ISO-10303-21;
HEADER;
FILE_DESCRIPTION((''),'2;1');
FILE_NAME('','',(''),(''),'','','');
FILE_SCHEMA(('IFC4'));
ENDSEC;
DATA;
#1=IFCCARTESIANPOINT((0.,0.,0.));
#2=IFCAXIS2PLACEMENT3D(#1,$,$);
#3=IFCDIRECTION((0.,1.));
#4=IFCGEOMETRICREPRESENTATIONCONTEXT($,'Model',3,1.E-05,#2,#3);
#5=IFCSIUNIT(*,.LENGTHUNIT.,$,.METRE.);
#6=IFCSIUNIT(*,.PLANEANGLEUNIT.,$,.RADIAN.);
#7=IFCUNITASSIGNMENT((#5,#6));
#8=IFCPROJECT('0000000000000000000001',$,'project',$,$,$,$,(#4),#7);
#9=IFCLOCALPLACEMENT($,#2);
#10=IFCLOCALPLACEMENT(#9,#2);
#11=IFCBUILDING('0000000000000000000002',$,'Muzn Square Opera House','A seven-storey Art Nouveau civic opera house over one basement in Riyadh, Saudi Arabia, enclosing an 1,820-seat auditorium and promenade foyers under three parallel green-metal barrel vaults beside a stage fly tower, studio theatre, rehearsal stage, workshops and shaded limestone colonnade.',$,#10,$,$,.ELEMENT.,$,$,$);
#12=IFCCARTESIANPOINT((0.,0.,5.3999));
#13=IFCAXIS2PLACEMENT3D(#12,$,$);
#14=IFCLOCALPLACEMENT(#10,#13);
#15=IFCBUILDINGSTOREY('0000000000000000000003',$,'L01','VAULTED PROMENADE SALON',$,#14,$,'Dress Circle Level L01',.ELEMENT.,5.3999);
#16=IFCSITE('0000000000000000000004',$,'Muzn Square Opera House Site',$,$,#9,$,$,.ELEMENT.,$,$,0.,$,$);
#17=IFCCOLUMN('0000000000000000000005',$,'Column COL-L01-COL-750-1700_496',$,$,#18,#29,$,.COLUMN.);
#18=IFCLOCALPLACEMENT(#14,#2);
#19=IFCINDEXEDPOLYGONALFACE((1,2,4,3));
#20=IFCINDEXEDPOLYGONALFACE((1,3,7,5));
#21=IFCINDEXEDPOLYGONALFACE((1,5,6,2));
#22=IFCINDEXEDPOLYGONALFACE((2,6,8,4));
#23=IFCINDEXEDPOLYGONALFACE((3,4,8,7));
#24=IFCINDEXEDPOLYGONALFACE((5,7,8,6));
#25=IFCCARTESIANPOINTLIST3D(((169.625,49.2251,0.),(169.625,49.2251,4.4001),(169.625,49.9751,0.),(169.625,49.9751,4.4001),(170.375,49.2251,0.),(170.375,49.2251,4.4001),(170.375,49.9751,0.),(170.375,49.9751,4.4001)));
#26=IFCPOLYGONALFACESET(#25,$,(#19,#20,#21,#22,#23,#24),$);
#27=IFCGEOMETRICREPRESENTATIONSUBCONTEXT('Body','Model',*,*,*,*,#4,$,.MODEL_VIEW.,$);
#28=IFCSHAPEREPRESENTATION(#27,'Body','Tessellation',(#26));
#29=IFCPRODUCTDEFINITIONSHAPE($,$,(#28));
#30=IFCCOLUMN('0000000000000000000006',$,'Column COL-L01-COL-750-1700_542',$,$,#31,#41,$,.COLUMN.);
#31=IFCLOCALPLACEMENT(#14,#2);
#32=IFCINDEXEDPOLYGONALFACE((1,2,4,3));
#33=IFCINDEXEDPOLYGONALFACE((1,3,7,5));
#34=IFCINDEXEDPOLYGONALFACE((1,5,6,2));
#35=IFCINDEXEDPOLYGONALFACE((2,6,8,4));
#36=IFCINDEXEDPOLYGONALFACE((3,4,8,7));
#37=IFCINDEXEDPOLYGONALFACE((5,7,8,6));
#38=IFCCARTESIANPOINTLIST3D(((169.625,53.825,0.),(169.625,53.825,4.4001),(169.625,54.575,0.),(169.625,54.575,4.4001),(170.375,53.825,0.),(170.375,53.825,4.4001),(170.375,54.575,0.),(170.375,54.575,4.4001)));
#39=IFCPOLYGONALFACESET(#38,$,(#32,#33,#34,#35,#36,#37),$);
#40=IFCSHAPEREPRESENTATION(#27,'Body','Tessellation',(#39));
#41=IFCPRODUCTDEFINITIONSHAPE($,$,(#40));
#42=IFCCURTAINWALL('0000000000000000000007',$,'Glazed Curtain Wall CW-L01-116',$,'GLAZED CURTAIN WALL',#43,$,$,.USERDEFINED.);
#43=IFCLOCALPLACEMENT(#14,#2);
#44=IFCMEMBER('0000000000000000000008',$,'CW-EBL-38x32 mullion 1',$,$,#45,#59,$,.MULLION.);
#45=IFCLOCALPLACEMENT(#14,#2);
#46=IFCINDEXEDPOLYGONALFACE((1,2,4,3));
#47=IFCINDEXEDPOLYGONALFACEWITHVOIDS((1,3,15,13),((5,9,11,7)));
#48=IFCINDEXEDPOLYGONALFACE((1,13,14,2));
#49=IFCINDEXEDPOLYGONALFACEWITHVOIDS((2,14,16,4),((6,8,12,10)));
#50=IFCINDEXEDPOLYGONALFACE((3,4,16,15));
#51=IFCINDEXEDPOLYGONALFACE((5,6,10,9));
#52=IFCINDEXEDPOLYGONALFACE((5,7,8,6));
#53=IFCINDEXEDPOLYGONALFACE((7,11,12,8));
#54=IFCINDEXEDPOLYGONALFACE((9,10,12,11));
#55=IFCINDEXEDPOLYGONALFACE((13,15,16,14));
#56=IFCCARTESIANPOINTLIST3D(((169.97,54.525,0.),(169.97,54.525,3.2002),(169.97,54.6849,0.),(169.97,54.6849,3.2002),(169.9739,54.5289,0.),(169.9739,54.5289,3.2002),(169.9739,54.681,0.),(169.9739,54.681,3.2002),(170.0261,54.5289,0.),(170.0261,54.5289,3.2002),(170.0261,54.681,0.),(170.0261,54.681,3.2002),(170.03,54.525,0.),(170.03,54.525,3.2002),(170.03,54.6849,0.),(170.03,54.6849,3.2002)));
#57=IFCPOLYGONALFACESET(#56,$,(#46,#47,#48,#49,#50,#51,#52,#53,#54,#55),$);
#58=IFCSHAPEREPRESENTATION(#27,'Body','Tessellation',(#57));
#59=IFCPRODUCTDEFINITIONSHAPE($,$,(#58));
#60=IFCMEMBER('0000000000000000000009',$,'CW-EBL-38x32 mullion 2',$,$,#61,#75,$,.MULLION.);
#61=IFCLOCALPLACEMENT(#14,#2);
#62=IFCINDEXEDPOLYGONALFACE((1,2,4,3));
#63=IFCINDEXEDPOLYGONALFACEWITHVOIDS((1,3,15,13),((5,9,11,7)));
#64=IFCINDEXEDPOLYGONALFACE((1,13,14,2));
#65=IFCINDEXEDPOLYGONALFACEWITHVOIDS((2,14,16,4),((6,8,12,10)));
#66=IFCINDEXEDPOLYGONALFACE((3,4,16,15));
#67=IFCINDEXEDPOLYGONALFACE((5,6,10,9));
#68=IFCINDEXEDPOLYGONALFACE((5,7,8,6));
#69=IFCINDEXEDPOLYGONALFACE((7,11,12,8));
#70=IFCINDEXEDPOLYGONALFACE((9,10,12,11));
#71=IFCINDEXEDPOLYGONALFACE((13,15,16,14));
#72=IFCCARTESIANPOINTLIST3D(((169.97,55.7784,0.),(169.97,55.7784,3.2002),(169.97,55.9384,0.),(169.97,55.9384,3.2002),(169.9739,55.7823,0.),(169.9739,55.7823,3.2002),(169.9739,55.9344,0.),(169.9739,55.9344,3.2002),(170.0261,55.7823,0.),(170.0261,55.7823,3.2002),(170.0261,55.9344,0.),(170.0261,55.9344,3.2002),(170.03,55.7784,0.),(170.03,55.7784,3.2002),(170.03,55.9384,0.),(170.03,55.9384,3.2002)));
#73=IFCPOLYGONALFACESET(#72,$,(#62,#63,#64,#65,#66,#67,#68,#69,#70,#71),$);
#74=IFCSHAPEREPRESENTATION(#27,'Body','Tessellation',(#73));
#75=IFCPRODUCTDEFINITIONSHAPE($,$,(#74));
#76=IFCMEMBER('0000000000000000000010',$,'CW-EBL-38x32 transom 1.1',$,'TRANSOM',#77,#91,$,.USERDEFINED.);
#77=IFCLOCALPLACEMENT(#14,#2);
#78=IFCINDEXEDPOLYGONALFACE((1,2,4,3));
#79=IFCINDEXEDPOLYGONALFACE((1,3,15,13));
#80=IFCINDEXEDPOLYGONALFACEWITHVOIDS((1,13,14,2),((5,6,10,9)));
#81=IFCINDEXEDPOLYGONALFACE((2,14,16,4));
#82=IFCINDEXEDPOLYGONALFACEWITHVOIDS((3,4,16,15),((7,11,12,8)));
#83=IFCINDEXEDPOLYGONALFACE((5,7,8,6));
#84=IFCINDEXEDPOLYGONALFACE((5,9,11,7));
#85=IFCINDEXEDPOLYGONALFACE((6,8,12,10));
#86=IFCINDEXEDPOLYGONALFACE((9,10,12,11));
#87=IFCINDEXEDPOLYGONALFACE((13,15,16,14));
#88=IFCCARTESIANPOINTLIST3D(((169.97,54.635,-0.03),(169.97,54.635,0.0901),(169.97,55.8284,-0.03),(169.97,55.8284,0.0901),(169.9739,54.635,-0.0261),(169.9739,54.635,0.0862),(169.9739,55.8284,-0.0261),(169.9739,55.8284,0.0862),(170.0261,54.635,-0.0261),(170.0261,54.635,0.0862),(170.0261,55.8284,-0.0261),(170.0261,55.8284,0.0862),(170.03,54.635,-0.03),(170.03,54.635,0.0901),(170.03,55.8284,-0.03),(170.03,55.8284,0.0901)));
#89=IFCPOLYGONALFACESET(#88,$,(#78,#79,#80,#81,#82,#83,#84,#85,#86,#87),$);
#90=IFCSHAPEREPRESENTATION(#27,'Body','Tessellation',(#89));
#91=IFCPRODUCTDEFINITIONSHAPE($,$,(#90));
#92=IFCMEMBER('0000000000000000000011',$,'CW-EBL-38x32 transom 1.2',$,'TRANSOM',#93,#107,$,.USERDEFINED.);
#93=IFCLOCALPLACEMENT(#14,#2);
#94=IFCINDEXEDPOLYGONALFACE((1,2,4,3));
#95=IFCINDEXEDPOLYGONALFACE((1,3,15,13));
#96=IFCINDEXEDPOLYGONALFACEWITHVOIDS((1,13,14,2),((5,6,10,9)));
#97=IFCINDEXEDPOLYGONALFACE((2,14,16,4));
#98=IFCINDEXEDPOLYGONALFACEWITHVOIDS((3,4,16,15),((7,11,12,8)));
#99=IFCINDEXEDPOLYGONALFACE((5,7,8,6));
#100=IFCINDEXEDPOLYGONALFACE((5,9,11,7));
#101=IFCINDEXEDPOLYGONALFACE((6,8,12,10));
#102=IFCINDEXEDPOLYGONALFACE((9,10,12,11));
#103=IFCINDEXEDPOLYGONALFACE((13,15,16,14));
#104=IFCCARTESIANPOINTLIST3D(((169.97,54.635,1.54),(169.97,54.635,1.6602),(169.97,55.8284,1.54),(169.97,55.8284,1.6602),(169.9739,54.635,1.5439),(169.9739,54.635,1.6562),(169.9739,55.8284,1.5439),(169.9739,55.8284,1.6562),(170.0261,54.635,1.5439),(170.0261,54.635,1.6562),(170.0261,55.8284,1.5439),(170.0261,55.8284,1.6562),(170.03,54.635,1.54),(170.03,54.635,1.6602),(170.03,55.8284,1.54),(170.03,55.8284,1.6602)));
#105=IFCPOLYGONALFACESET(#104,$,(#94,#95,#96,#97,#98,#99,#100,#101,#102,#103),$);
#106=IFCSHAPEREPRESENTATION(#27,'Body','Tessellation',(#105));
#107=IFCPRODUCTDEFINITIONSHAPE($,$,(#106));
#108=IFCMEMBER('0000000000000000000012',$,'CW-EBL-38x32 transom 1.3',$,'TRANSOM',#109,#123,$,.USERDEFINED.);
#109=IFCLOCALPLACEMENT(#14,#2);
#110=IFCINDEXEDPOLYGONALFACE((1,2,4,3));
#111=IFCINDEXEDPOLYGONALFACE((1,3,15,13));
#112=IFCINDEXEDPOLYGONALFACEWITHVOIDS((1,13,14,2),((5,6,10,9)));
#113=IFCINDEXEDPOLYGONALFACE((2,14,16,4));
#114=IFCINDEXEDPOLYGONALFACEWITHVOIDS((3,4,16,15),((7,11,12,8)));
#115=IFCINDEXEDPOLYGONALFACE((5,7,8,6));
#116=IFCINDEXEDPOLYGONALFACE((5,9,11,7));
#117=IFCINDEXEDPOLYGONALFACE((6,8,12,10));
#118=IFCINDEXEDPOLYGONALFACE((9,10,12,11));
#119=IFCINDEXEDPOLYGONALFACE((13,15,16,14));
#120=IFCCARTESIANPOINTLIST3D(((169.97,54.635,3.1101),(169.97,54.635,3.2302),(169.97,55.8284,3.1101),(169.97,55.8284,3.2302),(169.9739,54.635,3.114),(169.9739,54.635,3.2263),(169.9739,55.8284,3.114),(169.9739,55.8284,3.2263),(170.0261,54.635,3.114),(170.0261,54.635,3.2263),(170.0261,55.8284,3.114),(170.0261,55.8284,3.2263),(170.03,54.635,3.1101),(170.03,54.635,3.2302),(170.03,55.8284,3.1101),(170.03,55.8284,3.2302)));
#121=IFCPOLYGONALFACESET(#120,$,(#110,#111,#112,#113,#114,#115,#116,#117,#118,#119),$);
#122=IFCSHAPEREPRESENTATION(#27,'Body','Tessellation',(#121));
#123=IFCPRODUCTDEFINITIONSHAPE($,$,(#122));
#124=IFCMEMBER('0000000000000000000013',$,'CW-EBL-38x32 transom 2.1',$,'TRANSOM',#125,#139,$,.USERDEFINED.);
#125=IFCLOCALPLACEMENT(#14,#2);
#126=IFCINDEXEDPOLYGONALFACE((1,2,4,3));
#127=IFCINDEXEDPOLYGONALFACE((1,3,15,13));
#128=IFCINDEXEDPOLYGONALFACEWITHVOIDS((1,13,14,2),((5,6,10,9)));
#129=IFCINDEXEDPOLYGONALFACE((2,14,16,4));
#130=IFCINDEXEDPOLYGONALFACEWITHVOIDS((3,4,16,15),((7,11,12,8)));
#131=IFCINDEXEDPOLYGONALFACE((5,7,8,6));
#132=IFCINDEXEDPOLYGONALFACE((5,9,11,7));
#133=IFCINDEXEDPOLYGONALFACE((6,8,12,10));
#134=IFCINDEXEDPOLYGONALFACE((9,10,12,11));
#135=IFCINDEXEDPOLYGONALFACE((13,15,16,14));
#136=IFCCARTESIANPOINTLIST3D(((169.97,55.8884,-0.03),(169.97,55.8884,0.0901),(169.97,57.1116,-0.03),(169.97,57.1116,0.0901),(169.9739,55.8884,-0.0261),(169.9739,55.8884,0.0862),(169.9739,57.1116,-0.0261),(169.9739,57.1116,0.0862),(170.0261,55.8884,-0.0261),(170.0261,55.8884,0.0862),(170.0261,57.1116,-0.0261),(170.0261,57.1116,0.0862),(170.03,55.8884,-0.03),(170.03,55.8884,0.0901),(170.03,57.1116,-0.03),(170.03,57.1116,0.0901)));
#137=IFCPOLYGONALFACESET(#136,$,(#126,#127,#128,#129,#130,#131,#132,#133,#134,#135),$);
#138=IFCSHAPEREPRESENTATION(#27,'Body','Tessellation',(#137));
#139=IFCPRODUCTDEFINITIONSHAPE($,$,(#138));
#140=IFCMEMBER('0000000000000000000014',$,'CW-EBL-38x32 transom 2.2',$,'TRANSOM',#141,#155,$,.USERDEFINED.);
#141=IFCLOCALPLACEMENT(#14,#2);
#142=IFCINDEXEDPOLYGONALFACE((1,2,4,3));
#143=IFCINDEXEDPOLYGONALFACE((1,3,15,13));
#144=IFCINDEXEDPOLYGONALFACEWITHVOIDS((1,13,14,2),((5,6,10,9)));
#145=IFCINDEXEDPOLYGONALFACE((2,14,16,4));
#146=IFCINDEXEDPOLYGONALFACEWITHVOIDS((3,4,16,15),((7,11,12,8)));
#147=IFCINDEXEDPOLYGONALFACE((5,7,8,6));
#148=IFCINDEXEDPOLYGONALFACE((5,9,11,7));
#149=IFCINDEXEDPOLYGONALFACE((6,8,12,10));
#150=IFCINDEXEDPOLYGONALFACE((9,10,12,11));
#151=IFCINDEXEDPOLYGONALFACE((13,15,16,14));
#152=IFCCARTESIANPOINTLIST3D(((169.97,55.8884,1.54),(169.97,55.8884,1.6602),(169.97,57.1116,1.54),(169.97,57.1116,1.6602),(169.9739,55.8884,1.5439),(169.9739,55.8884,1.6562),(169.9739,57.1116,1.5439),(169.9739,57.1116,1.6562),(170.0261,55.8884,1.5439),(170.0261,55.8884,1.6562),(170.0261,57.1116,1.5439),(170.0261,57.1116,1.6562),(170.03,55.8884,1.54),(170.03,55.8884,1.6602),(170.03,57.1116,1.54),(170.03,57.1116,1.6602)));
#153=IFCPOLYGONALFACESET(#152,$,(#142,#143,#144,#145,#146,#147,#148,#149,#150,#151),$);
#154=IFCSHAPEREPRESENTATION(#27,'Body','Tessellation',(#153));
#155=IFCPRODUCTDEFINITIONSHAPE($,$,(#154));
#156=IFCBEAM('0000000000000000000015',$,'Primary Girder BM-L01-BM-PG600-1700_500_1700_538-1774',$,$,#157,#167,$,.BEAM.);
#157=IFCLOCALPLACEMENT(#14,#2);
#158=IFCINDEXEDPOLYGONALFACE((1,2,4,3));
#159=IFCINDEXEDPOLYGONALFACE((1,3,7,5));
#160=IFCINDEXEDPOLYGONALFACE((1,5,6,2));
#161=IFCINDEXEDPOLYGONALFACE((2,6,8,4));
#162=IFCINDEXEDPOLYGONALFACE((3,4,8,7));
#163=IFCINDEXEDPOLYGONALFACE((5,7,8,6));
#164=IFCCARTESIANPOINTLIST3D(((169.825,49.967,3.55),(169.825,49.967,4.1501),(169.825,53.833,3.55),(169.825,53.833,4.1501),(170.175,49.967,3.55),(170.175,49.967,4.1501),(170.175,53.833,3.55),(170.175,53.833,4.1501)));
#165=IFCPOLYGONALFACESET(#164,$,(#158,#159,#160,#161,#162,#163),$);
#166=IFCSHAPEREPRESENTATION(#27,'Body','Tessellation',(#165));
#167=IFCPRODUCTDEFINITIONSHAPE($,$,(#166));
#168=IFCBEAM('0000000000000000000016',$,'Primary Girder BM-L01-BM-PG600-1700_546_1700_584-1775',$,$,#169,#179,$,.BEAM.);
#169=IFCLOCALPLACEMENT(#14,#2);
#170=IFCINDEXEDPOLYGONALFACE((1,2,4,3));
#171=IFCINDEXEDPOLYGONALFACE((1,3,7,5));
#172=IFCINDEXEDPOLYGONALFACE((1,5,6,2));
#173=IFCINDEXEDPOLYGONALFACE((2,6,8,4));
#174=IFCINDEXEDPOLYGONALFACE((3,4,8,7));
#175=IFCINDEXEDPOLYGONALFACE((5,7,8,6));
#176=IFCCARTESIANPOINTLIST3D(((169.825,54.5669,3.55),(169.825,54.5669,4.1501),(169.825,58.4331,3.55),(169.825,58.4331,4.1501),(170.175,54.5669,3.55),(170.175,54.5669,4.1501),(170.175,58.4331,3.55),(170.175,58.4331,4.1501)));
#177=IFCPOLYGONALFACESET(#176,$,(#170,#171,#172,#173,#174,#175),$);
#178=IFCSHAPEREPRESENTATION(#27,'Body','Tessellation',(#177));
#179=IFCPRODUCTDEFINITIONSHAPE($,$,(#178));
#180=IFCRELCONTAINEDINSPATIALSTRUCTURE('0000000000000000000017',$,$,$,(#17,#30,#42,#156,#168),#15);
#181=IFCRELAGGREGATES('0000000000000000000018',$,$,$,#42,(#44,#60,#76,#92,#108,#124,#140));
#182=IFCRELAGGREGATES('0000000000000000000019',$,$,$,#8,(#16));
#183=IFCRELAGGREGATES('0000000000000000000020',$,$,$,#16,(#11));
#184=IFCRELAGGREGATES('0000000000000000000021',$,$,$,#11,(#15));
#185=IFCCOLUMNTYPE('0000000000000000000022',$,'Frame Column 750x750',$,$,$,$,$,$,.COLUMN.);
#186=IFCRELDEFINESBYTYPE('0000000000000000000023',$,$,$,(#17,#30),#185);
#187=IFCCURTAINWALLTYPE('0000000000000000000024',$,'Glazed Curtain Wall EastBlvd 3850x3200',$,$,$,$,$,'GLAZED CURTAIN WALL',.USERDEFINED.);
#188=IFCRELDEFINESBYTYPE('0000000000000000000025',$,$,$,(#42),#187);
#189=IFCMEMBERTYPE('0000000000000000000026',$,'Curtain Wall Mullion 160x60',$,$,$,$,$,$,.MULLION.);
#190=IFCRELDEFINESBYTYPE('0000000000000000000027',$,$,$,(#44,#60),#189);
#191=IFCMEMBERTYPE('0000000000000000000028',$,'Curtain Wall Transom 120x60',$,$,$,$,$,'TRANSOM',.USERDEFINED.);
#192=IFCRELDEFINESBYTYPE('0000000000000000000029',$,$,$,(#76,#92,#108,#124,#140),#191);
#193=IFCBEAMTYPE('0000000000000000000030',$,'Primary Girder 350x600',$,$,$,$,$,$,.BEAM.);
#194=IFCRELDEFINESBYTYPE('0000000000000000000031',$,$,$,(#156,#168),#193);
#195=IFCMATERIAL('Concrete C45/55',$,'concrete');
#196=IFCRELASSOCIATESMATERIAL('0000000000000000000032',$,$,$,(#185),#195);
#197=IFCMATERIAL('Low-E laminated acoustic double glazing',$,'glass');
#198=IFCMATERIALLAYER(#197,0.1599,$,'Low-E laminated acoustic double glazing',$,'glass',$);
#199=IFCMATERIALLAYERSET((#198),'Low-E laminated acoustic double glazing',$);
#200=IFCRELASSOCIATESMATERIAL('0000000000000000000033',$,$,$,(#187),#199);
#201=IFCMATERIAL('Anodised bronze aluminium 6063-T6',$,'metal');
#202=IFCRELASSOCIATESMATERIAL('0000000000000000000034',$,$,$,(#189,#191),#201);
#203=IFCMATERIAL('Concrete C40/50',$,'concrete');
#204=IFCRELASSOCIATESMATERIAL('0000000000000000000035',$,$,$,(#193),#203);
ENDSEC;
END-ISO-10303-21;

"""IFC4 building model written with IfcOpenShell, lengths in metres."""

from ifc_helpers import new_model, si_unit, direction, frame, origin, origin_2d, place, context, subcontext, project, spatial, rectangle, hollow_rectangle, extrude, material, layer, layer_set, material_profile, profile_set, type_object, element, aggregate, save


model = new_model("IFC4")

# Units and contexts
model_context = context("Model", 3, precision=1e-05, world=origin(), true_north=direction((0.0, 1.0)))
body_context = subcontext(model_context, "Body", "Model", "MODEL_VIEW")
ifc_project = project(units=[si_unit("LENGTHUNIT", "METRE"), si_unit("PLANEANGLEUNIT", "RADIAN")], contexts=[model_context])

# Site, building, storey
site_placement = place(None, origin())
site = spatial("IfcSite", under=ifc_project, at=site_placement, Name="Muzn Square Opera House Site", CompositionType="ELEMENT", RefElevation=0.0)
building_placement = place(site_placement, origin())
building = spatial("IfcBuilding", under=site, at=building_placement, Name="Muzn Square Opera House", Description="A seven-storey Art Nouveau civic opera house over one basement in Riyadh, Saudi Arabia, enclosing an 1,820-seat auditorium and promenade foyers under three parallel green-metal barrel vaults beside a stage fly tower, studio theatre, rehearsal stage, workshops and shaded limestone colonnade.", CompositionType="ELEMENT")
storey_placement = place(building_placement, frame((0.0, 0.0, 5.3999)))
storey = spatial("IfcBuildingStorey", under=building, at=storey_placement, Name="L01", Description="VAULTED PROMENADE SALON", LongName="Dress Circle Level L01", CompositionType="ELEMENT", Elevation=5.3999)

# Columns
ifc_material_1 = material(Name="Concrete C45/55", Category="concrete")
ifc_material_profile_1 = material_profile(ifc_material_1, rectangle(XDim=0.75, YDim=0.75, at=origin_2d()), Name="RC 750x750", Category="concrete")
ifc_profile_set_1 = profile_set([ifc_material_profile_1], Name="Concrete C45/55")
column_type = type_object("IfcColumnType", Name="Frame Column 750x750", PredefinedType="COLUMN", material=ifc_profile_set_1)
for number, where, z_axis, x_axis, name in (
    (1, (170.0, 49.6001, 0.0), (0.0, 0.0, 1.0), (1.0, 0.0, 0.0), "Column COL-L01-COL-750-1700_496"),
    (2, (170.0, 54.2, 0.0), (0.0, 0.0, 1.0), (1.0, 0.0, 0.0), "Column COL-L01-COL-750-1700_542"),
):
    element("IfcColumn", number, at=place(storey_placement, frame(where, z_axis=z_axis, x_axis=x_axis)), inside=storey, type_object=column_type, Name=name, PredefinedType="COLUMN", context=body_context, shape_type="SweptSolid", body=[
        extrude(rectangle(XDim=0.75, YDim=0.75, at=origin_2d()), origin(), (0.0, 0.0, 1.0), 4.4001),
    ])

# Curtain wall, members
ifc_material_2 = material(Name="Low-E laminated acoustic double glazing", Category="glass")
ifc_layer_1 = layer(ifc_material_2, 0.1599, Name="Low-E laminated acoustic double glazing", Category="glass")
ifc_layer_set_1 = layer_set([ifc_layer_1], Name="Low-E laminated acoustic double glazing")
curtain_wall_type = type_object("IfcCurtainWallType", Name="Glazed Curtain Wall EastBlvd 3850x3200", ElementType="GLAZED CURTAIN WALL", PredefinedType="USERDEFINED", material=ifc_layer_set_1)
curtain_wall_placement = place(storey_placement, origin())
curtain_wall = element("IfcCurtainWall", 3, at=curtain_wall_placement, inside=storey, type_object=curtain_wall_type, Name="Glazed Curtain Wall CW-L01-116", ObjectType="GLAZED CURTAIN WALL", PredefinedType="USERDEFINED")
ifc_material_3 = material(Name="Anodised bronze aluminium 6063-T6", Category="metal")
ifc_material_profile_2 = material_profile(ifc_material_3, hollow_rectangle(XDim=0.0601, YDim=0.1599, WallThickness=0.0039, at=origin_2d()), Name="ALU 160x60x4", Category="metal")
ifc_profile_set_2 = profile_set([ifc_material_profile_2], Name="Anodised bronze aluminium 6063-T6")
member_type_1 = type_object("IfcMemberType", Name="Curtain Wall Mullion 160x60", PredefinedType="MULLION", material=ifc_profile_set_2)
member_1_placement = place(storey_placement, frame((170.0, 54.605, 0.0), z_axis=(0.0, 0.0, 1.0), x_axis=(-1.0, 0.0, 0.0)))
member_1 = element("IfcMember", 4, at=member_1_placement, type_object=member_type_1, Name="CW-EBL-38x32 mullion 1", PredefinedType="MULLION", context=body_context, shape_type="SweptSolid", body=[
    extrude(hollow_rectangle(XDim=0.0601, YDim=0.1599, WallThickness=0.0039, at=origin_2d()), origin(), (0.0, 0.0, 1.0), 3.2002),
])
member_2_placement = place(storey_placement, frame((170.0, 55.8584, 0.0), z_axis=(0.0, 0.0, 1.0), x_axis=(-1.0, 0.0, 0.0)))
member_2 = element("IfcMember", 5, at=member_2_placement, type_object=member_type_1, Name="CW-EBL-38x32 mullion 2", PredefinedType="MULLION", context=body_context, shape_type="SweptSolid", body=[
    extrude(hollow_rectangle(XDim=0.0601, YDim=0.1599, WallThickness=0.0039, at=origin_2d()), origin(), (0.0, 0.0, 1.0), 3.2002),
])
ifc_material_profile_3 = material_profile(ifc_material_3, hollow_rectangle(XDim=0.0601, YDim=0.1201, WallThickness=0.0039, at=origin_2d()), Name="ALU 120x60x4", Category="metal")
ifc_profile_set_3 = profile_set([ifc_material_profile_3], Name="Anodised bronze aluminium 6063-T6")
member_type_2 = type_object("IfcMemberType", Name="Curtain Wall Transom 120x60", ElementType="TRANSOM", PredefinedType="USERDEFINED", material=ifc_profile_set_3)
member_3_placement = place(storey_placement, frame((170.0, 54.635, 0.03), z_axis=(0.0, 1.0, 0.0), x_axis=(-1.0, 0.0, 0.0)))
member_3 = element("IfcMember", 6, at=member_3_placement, type_object=member_type_2, Name="CW-EBL-38x32 transom 1.1", ObjectType="TRANSOM", PredefinedType="USERDEFINED", context=body_context, shape_type="SweptSolid", body=[
    extrude(hollow_rectangle(XDim=0.0601, YDim=0.1201, WallThickness=0.0039, at=origin_2d()), origin(), (0.0, 0.0, 1.0), 1.1934),
])
member_4_placement = place(storey_placement, frame((170.0, 54.635, 1.6001), z_axis=(0.0, 1.0, 0.0), x_axis=(-1.0, 0.0, 0.0)))
member_4 = element("IfcMember", 7, at=member_4_placement, type_object=member_type_2, Name="CW-EBL-38x32 transom 1.2", ObjectType="TRANSOM", PredefinedType="USERDEFINED", context=body_context, shape_type="SweptSolid", body=[
    extrude(hollow_rectangle(XDim=0.0601, YDim=0.1201, WallThickness=0.0039, at=origin_2d()), origin(), (0.0, 0.0, 1.0), 1.1934),
])
member_5_placement = place(storey_placement, frame((170.0, 54.635, 3.1702), z_axis=(0.0, 1.0, 0.0), x_axis=(-1.0, 0.0, 0.0)))
member_5 = element("IfcMember", 8, at=member_5_placement, type_object=member_type_2, Name="CW-EBL-38x32 transom 1.3", ObjectType="TRANSOM", PredefinedType="USERDEFINED", context=body_context, shape_type="SweptSolid", body=[
    extrude(hollow_rectangle(XDim=0.0601, YDim=0.1201, WallThickness=0.0039, at=origin_2d()), origin(), (0.0, 0.0, 1.0), 1.1934),
])
member_6_placement = place(storey_placement, frame((170.0, 55.8884, 0.03), z_axis=(0.0, 1.0, 0.0), x_axis=(-1.0, 0.0, 0.0)))
member_6 = element("IfcMember", 9, at=member_6_placement, type_object=member_type_2, Name="CW-EBL-38x32 transom 2.1", ObjectType="TRANSOM", PredefinedType="USERDEFINED", context=body_context, shape_type="SweptSolid", body=[
    extrude(hollow_rectangle(XDim=0.0601, YDim=0.1201, WallThickness=0.0039, at=origin_2d()), origin(), (0.0, 0.0, 1.0), 1.2231),
])
member_7_placement = place(storey_placement, frame((170.0, 55.8884, 1.6001), z_axis=(0.0, 1.0, 0.0), x_axis=(-1.0, 0.0, 0.0)))
member_7 = element("IfcMember", 10, at=member_7_placement, type_object=member_type_2, Name="CW-EBL-38x32 transom 2.2", ObjectType="TRANSOM", PredefinedType="USERDEFINED", context=body_context, shape_type="SweptSolid", body=[
    extrude(hollow_rectangle(XDim=0.0601, YDim=0.1201, WallThickness=0.0039, at=origin_2d()), origin(), (0.0, 0.0, 1.0), 1.2231),
])

# Beams
ifc_material_4 = material(Name="Concrete C40/50", Category="concrete")
ifc_material_profile_4 = material_profile(ifc_material_4, rectangle(XDim=0.3501, YDim=0.6001, at=origin_2d()), Name="RCB 350x600", Category="concrete")
ifc_profile_set_4 = profile_set([ifc_material_profile_4], Name="Concrete C40/50")
beam_type_1 = type_object("IfcBeamType", Name="Primary Girder 350x600", PredefinedType="BEAM", material=ifc_profile_set_4)
beam_1_placement = place(storey_placement, frame((170.0, 49.967, 3.8501), z_axis=(0.0, 1.0, 0.0), x_axis=(-1.0, 0.0, 0.0)))
element("IfcBeam", 11, at=beam_1_placement, inside=storey, type_object=beam_type_1, Name="Primary Girder BM-L01-BM-PG600-1700_500_1700_538-1774", PredefinedType="BEAM", context=body_context, shape_type="SweptSolid", body=[
    extrude(rectangle(XDim=0.3501, YDim=0.6001, at=origin_2d()), origin(), (0.0, 0.0, 1.0), 3.866),
])
beam_2_placement = place(storey_placement, frame((170.0, 54.5669, 3.8501), z_axis=(0.0, 1.0, 0.0), x_axis=(-1.0, 0.0, 0.0)))
element("IfcBeam", 12, at=beam_2_placement, inside=storey, type_object=beam_type_1, Name="Primary Girder BM-L01-BM-PG600-1700_546_1700_584-1775", PredefinedType="BEAM", context=body_context, shape_type="SweptSolid", body=[
    extrude(rectangle(XDim=0.3501, YDim=0.6001, at=origin_2d()), origin(), (0.0, 0.0, 1.0), 3.8662),
])

aggregate(curtain_wall, [member_1, member_2, member_3, member_4, member_5, member_6, member_7])

save(model, "model.ifc")
